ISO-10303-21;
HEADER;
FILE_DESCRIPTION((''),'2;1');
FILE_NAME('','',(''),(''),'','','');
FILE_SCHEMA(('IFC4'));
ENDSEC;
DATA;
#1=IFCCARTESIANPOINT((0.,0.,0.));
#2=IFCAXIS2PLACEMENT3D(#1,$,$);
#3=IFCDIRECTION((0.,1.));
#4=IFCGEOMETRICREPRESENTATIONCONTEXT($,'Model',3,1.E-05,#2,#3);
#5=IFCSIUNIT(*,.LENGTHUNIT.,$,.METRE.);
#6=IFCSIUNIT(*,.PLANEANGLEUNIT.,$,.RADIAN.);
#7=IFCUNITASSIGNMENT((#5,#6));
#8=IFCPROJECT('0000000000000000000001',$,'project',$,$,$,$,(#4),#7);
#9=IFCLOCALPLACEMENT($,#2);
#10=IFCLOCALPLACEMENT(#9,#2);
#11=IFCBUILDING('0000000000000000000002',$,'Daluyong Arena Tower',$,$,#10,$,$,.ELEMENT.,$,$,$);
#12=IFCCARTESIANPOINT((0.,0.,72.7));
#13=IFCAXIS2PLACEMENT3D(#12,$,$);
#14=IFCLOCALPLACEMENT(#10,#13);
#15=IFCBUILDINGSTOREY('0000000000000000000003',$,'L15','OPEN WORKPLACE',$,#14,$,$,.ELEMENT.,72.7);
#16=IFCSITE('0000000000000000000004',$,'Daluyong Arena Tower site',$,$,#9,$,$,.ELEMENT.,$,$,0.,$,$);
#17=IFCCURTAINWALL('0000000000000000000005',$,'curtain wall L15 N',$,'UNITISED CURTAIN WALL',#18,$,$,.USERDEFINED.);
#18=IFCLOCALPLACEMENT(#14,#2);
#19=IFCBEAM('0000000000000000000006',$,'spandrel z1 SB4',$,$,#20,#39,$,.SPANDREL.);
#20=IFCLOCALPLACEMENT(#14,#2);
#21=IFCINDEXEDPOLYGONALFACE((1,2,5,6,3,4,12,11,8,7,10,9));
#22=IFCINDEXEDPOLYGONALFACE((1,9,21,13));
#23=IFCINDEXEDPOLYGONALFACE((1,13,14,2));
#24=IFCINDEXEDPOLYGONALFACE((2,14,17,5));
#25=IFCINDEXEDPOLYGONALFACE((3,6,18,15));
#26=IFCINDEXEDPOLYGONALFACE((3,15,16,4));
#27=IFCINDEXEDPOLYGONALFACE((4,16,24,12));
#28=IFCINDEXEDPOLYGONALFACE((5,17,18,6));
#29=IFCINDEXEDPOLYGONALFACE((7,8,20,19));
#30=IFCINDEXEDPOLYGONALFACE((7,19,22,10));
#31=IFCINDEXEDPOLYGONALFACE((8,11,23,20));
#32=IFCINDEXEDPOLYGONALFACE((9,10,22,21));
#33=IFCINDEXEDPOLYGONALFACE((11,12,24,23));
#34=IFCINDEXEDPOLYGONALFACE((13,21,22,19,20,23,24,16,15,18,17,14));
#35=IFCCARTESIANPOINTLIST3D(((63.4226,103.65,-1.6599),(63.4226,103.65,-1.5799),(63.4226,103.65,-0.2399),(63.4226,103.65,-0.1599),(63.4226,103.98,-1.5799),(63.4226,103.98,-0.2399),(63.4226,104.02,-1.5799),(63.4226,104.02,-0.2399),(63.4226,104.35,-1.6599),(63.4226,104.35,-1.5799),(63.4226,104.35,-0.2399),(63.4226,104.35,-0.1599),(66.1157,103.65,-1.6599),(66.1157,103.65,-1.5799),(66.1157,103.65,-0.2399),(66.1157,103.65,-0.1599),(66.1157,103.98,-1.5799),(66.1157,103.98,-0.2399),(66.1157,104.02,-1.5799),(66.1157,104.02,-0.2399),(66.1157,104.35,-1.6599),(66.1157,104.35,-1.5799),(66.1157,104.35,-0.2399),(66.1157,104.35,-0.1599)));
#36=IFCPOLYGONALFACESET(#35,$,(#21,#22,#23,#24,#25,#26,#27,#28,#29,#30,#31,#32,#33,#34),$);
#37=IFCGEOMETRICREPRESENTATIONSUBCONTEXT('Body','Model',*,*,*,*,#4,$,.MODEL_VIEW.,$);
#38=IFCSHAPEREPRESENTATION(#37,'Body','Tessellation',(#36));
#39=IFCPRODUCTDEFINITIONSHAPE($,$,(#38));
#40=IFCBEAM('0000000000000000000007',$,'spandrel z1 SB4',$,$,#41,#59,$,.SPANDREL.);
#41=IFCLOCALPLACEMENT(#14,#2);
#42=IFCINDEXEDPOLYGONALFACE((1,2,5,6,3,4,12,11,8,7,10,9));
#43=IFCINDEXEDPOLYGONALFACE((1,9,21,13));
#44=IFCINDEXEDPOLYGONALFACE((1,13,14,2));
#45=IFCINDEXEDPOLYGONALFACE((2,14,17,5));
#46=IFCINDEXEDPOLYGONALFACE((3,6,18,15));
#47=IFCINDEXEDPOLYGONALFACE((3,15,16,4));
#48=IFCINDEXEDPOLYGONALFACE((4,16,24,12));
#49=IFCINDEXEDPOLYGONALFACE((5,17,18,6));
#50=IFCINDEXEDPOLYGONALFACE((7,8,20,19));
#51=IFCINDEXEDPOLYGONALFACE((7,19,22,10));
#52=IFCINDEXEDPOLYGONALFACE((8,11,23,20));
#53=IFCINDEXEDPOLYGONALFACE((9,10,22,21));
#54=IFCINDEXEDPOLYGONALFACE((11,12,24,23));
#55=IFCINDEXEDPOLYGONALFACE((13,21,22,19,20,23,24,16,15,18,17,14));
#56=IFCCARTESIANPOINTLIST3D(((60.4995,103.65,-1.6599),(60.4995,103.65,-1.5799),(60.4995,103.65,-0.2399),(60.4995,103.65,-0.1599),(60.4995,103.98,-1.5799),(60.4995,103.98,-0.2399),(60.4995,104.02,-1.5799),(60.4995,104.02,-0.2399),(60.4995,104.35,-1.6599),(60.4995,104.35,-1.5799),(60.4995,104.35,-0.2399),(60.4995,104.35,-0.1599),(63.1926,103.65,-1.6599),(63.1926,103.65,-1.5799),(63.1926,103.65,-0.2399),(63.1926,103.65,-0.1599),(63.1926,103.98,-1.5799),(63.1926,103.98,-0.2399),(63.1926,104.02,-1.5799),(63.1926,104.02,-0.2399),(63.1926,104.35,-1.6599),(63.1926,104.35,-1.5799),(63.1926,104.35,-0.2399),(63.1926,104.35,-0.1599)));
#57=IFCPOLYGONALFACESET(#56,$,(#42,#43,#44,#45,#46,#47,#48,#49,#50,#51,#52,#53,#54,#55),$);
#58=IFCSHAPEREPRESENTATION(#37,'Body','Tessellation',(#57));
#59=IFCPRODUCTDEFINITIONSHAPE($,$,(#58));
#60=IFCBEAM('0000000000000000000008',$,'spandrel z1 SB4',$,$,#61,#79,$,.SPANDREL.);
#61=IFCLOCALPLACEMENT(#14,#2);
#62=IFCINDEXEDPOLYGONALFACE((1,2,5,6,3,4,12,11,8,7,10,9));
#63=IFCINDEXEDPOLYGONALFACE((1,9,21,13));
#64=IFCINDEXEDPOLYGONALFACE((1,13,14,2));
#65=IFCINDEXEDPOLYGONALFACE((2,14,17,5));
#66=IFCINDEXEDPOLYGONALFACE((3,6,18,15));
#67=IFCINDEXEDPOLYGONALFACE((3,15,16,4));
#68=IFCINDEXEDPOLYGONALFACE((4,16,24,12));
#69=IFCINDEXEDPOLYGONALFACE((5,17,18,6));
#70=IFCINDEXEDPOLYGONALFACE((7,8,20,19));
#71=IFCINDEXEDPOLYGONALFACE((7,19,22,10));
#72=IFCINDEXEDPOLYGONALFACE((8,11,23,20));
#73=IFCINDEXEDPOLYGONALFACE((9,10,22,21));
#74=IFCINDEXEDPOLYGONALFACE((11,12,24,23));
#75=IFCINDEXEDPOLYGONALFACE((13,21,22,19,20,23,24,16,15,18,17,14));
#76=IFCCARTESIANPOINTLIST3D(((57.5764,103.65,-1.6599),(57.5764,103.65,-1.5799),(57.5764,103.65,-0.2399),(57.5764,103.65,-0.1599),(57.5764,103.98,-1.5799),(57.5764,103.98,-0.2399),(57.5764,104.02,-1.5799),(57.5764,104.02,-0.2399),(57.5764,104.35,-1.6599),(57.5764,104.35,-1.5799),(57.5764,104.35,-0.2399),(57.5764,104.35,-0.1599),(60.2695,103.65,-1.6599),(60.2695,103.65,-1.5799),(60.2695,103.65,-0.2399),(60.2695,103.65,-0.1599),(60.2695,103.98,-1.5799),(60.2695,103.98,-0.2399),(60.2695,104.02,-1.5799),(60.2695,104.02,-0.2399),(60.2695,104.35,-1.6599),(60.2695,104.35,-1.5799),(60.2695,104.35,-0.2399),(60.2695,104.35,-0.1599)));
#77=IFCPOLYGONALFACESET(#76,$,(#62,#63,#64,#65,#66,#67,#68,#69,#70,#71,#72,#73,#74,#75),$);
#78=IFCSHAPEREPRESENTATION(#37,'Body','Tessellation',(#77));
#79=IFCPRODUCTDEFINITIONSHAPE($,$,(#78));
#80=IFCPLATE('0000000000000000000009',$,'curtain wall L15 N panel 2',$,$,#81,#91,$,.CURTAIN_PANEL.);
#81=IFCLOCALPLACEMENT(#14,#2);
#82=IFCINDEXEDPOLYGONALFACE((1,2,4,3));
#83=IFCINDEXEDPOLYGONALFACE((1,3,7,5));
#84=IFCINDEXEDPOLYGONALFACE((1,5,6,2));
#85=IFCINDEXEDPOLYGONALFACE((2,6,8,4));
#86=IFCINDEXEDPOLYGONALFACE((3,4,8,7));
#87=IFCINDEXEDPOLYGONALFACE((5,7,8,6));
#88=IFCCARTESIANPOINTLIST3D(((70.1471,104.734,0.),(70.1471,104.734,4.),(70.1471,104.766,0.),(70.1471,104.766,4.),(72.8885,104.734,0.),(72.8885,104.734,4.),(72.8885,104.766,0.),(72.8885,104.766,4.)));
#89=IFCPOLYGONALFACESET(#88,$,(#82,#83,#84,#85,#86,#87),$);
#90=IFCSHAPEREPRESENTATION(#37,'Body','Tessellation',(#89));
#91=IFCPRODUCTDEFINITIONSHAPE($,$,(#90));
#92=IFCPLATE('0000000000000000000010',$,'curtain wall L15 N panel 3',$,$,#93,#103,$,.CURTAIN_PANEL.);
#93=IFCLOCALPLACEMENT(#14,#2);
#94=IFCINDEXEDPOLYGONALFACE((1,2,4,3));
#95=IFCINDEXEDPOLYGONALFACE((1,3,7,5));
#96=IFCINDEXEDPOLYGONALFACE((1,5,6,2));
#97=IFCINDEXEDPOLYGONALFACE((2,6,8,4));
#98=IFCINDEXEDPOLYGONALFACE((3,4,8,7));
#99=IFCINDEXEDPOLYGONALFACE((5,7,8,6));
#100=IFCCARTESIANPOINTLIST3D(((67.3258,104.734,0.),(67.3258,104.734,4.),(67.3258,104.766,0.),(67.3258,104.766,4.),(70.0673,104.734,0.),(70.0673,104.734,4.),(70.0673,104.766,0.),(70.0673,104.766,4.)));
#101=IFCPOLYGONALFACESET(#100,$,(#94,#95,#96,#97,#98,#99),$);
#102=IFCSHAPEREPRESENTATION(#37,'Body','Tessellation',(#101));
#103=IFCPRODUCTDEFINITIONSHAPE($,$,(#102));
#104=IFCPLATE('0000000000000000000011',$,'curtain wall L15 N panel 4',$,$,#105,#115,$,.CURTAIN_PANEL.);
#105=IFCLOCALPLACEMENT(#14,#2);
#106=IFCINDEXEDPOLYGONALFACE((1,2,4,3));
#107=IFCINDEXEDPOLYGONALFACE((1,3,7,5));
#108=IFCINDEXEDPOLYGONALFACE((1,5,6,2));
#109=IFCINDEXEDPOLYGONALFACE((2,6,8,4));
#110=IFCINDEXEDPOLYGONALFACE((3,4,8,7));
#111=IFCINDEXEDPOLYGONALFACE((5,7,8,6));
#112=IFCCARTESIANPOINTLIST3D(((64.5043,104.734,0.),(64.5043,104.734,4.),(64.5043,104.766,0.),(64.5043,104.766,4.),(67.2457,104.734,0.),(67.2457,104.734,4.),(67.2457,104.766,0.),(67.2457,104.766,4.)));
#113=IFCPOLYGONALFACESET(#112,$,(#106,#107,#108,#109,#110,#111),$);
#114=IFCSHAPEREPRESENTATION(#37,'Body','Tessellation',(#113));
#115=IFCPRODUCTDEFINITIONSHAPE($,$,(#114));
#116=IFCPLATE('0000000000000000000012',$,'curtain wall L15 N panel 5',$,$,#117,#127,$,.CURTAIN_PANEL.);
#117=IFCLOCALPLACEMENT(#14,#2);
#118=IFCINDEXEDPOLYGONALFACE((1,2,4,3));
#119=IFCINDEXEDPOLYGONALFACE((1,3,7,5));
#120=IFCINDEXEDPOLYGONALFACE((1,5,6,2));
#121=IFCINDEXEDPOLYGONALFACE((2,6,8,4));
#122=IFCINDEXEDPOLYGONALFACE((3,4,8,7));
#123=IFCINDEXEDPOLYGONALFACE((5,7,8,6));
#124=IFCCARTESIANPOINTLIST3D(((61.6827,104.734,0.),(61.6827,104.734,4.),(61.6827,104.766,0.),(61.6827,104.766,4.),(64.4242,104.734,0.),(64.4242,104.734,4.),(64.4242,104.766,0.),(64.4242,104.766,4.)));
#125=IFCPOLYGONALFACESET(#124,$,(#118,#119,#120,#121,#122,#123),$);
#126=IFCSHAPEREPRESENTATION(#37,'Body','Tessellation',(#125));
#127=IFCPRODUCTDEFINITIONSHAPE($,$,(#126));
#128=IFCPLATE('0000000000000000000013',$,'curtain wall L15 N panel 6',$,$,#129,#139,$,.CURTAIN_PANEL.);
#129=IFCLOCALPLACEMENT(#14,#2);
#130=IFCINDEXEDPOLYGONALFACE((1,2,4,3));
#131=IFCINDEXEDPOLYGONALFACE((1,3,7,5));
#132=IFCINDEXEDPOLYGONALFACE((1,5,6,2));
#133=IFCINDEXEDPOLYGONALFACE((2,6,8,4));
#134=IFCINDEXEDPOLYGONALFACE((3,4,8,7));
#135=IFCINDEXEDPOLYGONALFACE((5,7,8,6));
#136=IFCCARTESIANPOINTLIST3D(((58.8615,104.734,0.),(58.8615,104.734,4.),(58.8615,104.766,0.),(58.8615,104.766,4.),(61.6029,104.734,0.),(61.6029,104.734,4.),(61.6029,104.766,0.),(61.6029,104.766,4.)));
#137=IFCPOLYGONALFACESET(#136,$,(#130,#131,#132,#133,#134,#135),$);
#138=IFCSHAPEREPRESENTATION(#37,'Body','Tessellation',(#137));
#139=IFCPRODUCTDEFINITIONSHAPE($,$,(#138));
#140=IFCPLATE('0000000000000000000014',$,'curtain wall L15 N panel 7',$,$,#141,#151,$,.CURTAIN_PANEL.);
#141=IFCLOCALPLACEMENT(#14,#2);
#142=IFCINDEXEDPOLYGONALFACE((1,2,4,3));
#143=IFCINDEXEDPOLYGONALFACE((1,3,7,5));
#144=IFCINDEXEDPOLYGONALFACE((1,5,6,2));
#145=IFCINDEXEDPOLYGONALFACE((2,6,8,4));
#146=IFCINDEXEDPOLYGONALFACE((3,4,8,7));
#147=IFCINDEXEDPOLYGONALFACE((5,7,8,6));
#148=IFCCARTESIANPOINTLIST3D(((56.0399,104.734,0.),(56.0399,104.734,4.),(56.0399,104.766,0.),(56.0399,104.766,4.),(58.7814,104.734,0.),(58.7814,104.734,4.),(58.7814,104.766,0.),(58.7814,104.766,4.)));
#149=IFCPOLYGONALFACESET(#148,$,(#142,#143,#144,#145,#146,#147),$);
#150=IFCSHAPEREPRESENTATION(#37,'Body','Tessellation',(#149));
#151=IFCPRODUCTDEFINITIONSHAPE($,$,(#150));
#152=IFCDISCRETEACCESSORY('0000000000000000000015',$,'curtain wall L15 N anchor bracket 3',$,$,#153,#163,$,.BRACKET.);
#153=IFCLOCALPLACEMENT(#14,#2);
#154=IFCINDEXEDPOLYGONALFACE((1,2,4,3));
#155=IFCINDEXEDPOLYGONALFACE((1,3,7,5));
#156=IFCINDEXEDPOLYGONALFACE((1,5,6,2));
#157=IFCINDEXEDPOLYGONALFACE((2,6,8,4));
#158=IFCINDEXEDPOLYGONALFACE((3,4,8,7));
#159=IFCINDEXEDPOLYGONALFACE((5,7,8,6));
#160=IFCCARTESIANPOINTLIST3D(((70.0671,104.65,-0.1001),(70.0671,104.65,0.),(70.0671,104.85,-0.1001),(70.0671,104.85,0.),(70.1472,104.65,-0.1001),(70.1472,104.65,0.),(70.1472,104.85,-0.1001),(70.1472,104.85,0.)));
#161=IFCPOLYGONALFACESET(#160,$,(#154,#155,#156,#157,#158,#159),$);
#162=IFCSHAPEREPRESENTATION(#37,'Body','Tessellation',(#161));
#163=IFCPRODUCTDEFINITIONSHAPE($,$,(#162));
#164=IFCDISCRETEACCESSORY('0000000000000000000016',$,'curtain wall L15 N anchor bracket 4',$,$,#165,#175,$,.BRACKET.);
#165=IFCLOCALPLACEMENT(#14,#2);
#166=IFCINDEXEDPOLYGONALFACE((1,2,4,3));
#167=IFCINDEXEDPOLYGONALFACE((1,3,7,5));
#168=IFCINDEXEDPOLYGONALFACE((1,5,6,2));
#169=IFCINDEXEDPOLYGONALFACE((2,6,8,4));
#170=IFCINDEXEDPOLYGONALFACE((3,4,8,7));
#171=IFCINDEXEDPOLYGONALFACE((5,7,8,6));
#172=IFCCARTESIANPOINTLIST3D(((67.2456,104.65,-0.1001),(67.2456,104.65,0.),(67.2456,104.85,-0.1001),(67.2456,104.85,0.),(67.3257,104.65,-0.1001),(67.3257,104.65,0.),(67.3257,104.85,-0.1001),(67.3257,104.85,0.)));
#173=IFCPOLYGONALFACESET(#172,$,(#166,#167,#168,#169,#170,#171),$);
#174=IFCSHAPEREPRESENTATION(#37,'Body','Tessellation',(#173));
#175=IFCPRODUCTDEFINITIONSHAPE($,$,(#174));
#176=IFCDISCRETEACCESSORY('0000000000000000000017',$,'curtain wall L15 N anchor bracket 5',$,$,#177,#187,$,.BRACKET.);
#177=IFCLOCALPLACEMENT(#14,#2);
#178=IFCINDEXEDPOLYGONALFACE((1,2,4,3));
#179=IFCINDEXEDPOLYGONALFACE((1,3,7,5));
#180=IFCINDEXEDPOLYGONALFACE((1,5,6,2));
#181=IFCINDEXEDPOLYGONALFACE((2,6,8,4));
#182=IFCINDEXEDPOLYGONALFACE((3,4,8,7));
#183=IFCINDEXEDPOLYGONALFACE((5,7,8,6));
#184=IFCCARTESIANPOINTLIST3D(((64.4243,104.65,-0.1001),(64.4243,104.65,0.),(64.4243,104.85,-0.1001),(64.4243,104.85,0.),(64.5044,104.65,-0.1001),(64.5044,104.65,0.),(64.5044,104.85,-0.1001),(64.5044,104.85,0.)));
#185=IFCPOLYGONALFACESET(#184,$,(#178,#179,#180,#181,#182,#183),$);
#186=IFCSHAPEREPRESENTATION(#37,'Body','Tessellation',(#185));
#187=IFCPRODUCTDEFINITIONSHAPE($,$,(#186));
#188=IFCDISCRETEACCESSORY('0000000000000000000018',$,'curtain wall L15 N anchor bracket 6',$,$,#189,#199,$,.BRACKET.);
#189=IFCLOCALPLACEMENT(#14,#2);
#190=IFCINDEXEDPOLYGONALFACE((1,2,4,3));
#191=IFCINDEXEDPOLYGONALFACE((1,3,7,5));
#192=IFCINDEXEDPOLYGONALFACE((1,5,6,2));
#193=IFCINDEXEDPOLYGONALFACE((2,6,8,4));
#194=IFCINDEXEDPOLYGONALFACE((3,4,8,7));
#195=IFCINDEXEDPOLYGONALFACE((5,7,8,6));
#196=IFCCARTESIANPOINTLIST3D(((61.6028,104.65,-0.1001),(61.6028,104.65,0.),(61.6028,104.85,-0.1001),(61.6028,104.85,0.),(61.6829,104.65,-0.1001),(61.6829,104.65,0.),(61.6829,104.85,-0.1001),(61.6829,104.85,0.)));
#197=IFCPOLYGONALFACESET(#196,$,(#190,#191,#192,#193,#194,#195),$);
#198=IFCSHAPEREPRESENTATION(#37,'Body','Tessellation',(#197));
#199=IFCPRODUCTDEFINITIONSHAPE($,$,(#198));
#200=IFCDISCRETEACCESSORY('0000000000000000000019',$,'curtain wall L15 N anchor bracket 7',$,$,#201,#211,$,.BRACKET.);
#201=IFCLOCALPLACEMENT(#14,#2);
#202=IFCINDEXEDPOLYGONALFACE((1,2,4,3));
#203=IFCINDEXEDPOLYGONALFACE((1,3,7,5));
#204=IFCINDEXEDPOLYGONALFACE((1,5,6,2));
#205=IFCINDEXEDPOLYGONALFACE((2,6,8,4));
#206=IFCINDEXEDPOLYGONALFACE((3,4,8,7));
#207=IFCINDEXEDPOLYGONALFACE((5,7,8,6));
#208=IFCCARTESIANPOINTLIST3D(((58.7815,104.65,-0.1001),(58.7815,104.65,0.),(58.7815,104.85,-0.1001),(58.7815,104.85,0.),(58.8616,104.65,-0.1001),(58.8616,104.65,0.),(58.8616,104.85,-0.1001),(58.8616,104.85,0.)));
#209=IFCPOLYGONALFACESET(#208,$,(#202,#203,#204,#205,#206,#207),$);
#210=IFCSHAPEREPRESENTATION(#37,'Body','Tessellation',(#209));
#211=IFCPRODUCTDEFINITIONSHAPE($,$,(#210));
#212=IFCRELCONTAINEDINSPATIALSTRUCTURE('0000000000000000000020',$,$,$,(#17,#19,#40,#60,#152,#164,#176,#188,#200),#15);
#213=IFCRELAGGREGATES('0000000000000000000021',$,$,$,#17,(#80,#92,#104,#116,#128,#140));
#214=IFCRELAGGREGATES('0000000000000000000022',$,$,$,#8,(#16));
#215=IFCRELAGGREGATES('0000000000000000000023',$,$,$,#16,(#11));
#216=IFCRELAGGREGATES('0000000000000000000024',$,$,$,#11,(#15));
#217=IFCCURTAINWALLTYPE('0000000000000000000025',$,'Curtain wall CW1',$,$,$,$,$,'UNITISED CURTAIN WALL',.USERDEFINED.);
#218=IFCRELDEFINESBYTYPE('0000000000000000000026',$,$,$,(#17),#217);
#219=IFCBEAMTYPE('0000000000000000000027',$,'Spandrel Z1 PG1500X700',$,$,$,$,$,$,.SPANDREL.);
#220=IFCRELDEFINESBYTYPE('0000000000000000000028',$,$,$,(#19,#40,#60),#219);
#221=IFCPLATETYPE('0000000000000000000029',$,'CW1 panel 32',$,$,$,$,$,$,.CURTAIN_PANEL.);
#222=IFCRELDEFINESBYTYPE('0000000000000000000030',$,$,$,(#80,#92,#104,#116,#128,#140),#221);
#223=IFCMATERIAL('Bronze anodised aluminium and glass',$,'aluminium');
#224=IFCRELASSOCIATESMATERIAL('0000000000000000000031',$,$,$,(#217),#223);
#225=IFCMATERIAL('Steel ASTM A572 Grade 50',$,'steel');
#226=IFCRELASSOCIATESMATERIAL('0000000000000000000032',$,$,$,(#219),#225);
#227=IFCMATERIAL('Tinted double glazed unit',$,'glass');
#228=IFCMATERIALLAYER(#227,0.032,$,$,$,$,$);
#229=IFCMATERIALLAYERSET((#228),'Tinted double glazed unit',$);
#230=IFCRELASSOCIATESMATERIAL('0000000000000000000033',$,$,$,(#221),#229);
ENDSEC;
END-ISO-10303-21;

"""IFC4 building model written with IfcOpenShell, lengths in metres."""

from ifc_helpers import new_model, si_unit, direction, frame, origin, origin_2d, place, context, subcontext, project, spatial, rectangle, i_section, extrude, material, layer, layer_set, material_profile, profile_set, type_object, element, aggregate, save


model = new_model("IFC4")

# Units and contexts
model_context = context("Model", 3, precision=1e-05, world=origin(), true_north=direction((0.0, 1.0)))
body_context = subcontext(model_context, "Body", "Model", "MODEL_VIEW")
ifc_project = project(units=[si_unit("LENGTHUNIT", "METRE"), si_unit("PLANEANGLEUNIT", "RADIAN")], contexts=[model_context])

# Site, building, storey
site_placement = place(None, origin())
site = spatial("IfcSite", under=ifc_project, at=site_placement, Name="Daluyong Arena Tower site", CompositionType="ELEMENT", RefElevation=0.0)
building_placement = place(site_placement, origin())
building = spatial("IfcBuilding", under=site, at=building_placement, Name="Daluyong Arena Tower", CompositionType="ELEMENT")
storey_placement = place(building_placement, frame((0.0, 0.0, 72.7)))
storey = spatial("IfcBuildingStorey", under=building, at=storey_placement, Name="L15", Description="OPEN WORKPLACE", CompositionType="ELEMENT", Elevation=72.7)

# Curtain wall
ifc_material_1 = material(Name="Bronze anodised aluminium and glass", Category="aluminium")
curtain_wall_type = type_object("IfcCurtainWallType", Name="Curtain wall CW1", ElementType="UNITISED CURTAIN WALL", PredefinedType="USERDEFINED", material=ifc_material_1)
curtain_wall_placement = place(storey_placement, origin())
curtain_wall = element("IfcCurtainWall", 1, at=curtain_wall_placement, inside=storey, type_object=curtain_wall_type, Name="curtain wall L15 N", ObjectType="UNITISED CURTAIN WALL", PredefinedType="USERDEFINED")

# Beams
ifc_material_2 = material(Name="Steel ASTM A572 Grade 50", Category="steel")
ifc_material_profile_1 = material_profile(ifc_material_2, i_section(OverallWidth=0.7, OverallDepth=1.5, WebThickness=0.04, FlangeThickness=0.08, at=origin_2d()))
ifc_profile_set_1 = profile_set([ifc_material_profile_1], Name="Steel ASTM A572 Grade 50")
beam_type_1 = type_object("IfcBeamType", Name="Spandrel Z1 PG1500X700", PredefinedType="SPANDREL", material=ifc_profile_set_1)
for number, where, z_axis, x_axis, name in (
    (2, (66.1157, 104.0, -0.9099), (-1.0, 0.0, 0.0), (0.0, -1.0, 0.0), "spandrel z1 SB4"),
    (3, (63.1926, 104.0, -0.9099), (-1.0, 0.0, 0.0), (0.0, -1.0, 0.0), "spandrel z1 SB4"),
    (4, (60.2695, 104.0, -0.9099), (-1.0, 0.0, 0.0), (0.0, -1.0, 0.0), "spandrel z1 SB4"),
):
    element("IfcBeam", number, at=place(storey_placement, frame(where, z_axis=z_axis, x_axis=x_axis)), inside=storey, type_object=beam_type_1, Name=name, PredefinedType="SPANDREL", context=body_context, shape_type="SweptSolid", body=[
        extrude(i_section(OverallWidth=0.7, OverallDepth=1.5, WebThickness=0.04, FlangeThickness=0.08, at=origin_2d()), origin(), (0.0, 0.0, 1.0), 2.6931),
    ])

# Plates
ifc_material_3 = material(Name="Tinted double glazed unit", Category="glass")
ifc_layer = layer(ifc_material_3, 0.032)
ifc_layer_set = layer_set([ifc_layer], Name="Tinted double glazed unit")
plate_type = type_object("IfcPlateType", Name="CW1 panel 32", PredefinedType="CURTAIN_PANEL", material=ifc_layer_set)
plate_1_placement = place(storey_placement, frame((71.5178, 104.75, 0.0), z_axis=(0.0, 0.0, 1.0), x_axis=(-1.0, 0.0, 0.0)))
plate_1 = element("IfcPlate", 5, at=plate_1_placement, type_object=plate_type, Name="curtain wall L15 N panel 2", PredefinedType="CURTAIN_PANEL", context=body_context, shape_type="SweptSolid", body=[
    extrude(rectangle(XDim=2.7415, YDim=0.032, at=origin_2d()), origin(), (0.0, 0.0, 1.0), 4.0),
])
plate_2_placement = place(storey_placement, frame((68.6965, 104.75, 0.0), z_axis=(0.0, 0.0, 1.0), x_axis=(-1.0, 0.0, 0.0)))
plate_2 = element("IfcPlate", 6, at=plate_2_placement, type_object=plate_type, Name="curtain wall L15 N panel 3", PredefinedType="CURTAIN_PANEL", context=body_context, shape_type="SweptSolid", body=[
    extrude(rectangle(XDim=2.7415, YDim=0.032, at=origin_2d()), origin(), (0.0, 0.0, 1.0), 4.0),
])
plate_3_placement = place(storey_placement, frame((65.875, 104.75, 0.0), z_axis=(0.0, 0.0, 1.0), x_axis=(-1.0, 0.0, 0.0)))
plate_3 = element("IfcPlate", 7, at=plate_3_placement, type_object=plate_type, Name="curtain wall L15 N panel 4", PredefinedType="CURTAIN_PANEL", context=body_context, shape_type="SweptSolid", body=[
    extrude(rectangle(XDim=2.7415, YDim=0.032, at=origin_2d()), origin(), (0.0, 0.0, 1.0), 4.0),
])
plate_4_placement = place(storey_placement, frame((63.0535, 104.75, 0.0), z_axis=(0.0, 0.0, 1.0), x_axis=(-1.0, 0.0, 0.0)))
plate_4 = element("IfcPlate", 8, at=plate_4_placement, type_object=plate_type, Name="curtain wall L15 N panel 5", PredefinedType="CURTAIN_PANEL", context=body_context, shape_type="SweptSolid", body=[
    extrude(rectangle(XDim=2.7415, YDim=0.032, at=origin_2d()), origin(), (0.0, 0.0, 1.0), 4.0),
])
plate_5_placement = place(storey_placement, frame((60.2322, 104.75, 0.0), z_axis=(0.0, 0.0, 1.0), x_axis=(-1.0, 0.0, 0.0)))
plate_5 = element("IfcPlate", 9, at=plate_5_placement, type_object=plate_type, Name="curtain wall L15 N panel 6", PredefinedType="CURTAIN_PANEL", context=body_context, shape_type="SweptSolid", body=[
    extrude(rectangle(XDim=2.7415, YDim=0.032, at=origin_2d()), origin(), (0.0, 0.0, 1.0), 4.0),
])
plate_6_placement = place(storey_placement, frame((57.4106, 104.75, 0.0), z_axis=(0.0, 0.0, 1.0), x_axis=(-1.0, 0.0, 0.0)))
plate_6 = element("IfcPlate", 10, at=plate_6_placement, type_object=plate_type, Name="curtain wall L15 N panel 7", PredefinedType="CURTAIN_PANEL", context=body_context, shape_type="SweptSolid", body=[
    extrude(rectangle(XDim=2.7415, YDim=0.032, at=origin_2d()), origin(), (0.0, 0.0, 1.0), 4.0),
])
aggregate(curtain_wall, [plate_1, plate_2, plate_3, plate_4, plate_5, plate_6])

# Discrete accessories
for number, where, z_axis, x_axis, name in (
    (11, (70.1072, 104.75, -0.1001), (0.0, 0.0, 1.0), (-1.0, 0.0, 0.0), "curtain wall L15 N anchor bracket 3"),
    (12, (67.2856, 104.75, -0.1001), (0.0, 0.0, 1.0), (-1.0, 0.0, 0.0), "curtain wall L15 N anchor bracket 4"),
    (13, (64.4644, 104.75, -0.1001), (0.0, 0.0, 1.0), (-1.0, 0.0, 0.0), "curtain wall L15 N anchor bracket 5"),
    (14, (61.6428, 104.75, -0.1001), (0.0, 0.0, 1.0), (-1.0, 0.0, 0.0), "curtain wall L15 N anchor bracket 6"),
    (15, (58.8215, 104.75, -0.1001), (0.0, 0.0, 1.0), (-1.0, 0.0, 0.0), "curtain wall L15 N anchor bracket 7"),
):
    element("IfcDiscreteAccessory", number, at=place(storey_placement, frame(where, z_axis=z_axis, x_axis=x_axis)), inside=storey, Name=name, PredefinedType="BRACKET", context=body_context, shape_type="SweptSolid", body=[
        extrude(rectangle(XDim=0.0801, YDim=0.2, at=origin_2d()), origin(), (0.0, 0.0, 1.0), 0.1001),
    ])

save(model, "model.ifc")
